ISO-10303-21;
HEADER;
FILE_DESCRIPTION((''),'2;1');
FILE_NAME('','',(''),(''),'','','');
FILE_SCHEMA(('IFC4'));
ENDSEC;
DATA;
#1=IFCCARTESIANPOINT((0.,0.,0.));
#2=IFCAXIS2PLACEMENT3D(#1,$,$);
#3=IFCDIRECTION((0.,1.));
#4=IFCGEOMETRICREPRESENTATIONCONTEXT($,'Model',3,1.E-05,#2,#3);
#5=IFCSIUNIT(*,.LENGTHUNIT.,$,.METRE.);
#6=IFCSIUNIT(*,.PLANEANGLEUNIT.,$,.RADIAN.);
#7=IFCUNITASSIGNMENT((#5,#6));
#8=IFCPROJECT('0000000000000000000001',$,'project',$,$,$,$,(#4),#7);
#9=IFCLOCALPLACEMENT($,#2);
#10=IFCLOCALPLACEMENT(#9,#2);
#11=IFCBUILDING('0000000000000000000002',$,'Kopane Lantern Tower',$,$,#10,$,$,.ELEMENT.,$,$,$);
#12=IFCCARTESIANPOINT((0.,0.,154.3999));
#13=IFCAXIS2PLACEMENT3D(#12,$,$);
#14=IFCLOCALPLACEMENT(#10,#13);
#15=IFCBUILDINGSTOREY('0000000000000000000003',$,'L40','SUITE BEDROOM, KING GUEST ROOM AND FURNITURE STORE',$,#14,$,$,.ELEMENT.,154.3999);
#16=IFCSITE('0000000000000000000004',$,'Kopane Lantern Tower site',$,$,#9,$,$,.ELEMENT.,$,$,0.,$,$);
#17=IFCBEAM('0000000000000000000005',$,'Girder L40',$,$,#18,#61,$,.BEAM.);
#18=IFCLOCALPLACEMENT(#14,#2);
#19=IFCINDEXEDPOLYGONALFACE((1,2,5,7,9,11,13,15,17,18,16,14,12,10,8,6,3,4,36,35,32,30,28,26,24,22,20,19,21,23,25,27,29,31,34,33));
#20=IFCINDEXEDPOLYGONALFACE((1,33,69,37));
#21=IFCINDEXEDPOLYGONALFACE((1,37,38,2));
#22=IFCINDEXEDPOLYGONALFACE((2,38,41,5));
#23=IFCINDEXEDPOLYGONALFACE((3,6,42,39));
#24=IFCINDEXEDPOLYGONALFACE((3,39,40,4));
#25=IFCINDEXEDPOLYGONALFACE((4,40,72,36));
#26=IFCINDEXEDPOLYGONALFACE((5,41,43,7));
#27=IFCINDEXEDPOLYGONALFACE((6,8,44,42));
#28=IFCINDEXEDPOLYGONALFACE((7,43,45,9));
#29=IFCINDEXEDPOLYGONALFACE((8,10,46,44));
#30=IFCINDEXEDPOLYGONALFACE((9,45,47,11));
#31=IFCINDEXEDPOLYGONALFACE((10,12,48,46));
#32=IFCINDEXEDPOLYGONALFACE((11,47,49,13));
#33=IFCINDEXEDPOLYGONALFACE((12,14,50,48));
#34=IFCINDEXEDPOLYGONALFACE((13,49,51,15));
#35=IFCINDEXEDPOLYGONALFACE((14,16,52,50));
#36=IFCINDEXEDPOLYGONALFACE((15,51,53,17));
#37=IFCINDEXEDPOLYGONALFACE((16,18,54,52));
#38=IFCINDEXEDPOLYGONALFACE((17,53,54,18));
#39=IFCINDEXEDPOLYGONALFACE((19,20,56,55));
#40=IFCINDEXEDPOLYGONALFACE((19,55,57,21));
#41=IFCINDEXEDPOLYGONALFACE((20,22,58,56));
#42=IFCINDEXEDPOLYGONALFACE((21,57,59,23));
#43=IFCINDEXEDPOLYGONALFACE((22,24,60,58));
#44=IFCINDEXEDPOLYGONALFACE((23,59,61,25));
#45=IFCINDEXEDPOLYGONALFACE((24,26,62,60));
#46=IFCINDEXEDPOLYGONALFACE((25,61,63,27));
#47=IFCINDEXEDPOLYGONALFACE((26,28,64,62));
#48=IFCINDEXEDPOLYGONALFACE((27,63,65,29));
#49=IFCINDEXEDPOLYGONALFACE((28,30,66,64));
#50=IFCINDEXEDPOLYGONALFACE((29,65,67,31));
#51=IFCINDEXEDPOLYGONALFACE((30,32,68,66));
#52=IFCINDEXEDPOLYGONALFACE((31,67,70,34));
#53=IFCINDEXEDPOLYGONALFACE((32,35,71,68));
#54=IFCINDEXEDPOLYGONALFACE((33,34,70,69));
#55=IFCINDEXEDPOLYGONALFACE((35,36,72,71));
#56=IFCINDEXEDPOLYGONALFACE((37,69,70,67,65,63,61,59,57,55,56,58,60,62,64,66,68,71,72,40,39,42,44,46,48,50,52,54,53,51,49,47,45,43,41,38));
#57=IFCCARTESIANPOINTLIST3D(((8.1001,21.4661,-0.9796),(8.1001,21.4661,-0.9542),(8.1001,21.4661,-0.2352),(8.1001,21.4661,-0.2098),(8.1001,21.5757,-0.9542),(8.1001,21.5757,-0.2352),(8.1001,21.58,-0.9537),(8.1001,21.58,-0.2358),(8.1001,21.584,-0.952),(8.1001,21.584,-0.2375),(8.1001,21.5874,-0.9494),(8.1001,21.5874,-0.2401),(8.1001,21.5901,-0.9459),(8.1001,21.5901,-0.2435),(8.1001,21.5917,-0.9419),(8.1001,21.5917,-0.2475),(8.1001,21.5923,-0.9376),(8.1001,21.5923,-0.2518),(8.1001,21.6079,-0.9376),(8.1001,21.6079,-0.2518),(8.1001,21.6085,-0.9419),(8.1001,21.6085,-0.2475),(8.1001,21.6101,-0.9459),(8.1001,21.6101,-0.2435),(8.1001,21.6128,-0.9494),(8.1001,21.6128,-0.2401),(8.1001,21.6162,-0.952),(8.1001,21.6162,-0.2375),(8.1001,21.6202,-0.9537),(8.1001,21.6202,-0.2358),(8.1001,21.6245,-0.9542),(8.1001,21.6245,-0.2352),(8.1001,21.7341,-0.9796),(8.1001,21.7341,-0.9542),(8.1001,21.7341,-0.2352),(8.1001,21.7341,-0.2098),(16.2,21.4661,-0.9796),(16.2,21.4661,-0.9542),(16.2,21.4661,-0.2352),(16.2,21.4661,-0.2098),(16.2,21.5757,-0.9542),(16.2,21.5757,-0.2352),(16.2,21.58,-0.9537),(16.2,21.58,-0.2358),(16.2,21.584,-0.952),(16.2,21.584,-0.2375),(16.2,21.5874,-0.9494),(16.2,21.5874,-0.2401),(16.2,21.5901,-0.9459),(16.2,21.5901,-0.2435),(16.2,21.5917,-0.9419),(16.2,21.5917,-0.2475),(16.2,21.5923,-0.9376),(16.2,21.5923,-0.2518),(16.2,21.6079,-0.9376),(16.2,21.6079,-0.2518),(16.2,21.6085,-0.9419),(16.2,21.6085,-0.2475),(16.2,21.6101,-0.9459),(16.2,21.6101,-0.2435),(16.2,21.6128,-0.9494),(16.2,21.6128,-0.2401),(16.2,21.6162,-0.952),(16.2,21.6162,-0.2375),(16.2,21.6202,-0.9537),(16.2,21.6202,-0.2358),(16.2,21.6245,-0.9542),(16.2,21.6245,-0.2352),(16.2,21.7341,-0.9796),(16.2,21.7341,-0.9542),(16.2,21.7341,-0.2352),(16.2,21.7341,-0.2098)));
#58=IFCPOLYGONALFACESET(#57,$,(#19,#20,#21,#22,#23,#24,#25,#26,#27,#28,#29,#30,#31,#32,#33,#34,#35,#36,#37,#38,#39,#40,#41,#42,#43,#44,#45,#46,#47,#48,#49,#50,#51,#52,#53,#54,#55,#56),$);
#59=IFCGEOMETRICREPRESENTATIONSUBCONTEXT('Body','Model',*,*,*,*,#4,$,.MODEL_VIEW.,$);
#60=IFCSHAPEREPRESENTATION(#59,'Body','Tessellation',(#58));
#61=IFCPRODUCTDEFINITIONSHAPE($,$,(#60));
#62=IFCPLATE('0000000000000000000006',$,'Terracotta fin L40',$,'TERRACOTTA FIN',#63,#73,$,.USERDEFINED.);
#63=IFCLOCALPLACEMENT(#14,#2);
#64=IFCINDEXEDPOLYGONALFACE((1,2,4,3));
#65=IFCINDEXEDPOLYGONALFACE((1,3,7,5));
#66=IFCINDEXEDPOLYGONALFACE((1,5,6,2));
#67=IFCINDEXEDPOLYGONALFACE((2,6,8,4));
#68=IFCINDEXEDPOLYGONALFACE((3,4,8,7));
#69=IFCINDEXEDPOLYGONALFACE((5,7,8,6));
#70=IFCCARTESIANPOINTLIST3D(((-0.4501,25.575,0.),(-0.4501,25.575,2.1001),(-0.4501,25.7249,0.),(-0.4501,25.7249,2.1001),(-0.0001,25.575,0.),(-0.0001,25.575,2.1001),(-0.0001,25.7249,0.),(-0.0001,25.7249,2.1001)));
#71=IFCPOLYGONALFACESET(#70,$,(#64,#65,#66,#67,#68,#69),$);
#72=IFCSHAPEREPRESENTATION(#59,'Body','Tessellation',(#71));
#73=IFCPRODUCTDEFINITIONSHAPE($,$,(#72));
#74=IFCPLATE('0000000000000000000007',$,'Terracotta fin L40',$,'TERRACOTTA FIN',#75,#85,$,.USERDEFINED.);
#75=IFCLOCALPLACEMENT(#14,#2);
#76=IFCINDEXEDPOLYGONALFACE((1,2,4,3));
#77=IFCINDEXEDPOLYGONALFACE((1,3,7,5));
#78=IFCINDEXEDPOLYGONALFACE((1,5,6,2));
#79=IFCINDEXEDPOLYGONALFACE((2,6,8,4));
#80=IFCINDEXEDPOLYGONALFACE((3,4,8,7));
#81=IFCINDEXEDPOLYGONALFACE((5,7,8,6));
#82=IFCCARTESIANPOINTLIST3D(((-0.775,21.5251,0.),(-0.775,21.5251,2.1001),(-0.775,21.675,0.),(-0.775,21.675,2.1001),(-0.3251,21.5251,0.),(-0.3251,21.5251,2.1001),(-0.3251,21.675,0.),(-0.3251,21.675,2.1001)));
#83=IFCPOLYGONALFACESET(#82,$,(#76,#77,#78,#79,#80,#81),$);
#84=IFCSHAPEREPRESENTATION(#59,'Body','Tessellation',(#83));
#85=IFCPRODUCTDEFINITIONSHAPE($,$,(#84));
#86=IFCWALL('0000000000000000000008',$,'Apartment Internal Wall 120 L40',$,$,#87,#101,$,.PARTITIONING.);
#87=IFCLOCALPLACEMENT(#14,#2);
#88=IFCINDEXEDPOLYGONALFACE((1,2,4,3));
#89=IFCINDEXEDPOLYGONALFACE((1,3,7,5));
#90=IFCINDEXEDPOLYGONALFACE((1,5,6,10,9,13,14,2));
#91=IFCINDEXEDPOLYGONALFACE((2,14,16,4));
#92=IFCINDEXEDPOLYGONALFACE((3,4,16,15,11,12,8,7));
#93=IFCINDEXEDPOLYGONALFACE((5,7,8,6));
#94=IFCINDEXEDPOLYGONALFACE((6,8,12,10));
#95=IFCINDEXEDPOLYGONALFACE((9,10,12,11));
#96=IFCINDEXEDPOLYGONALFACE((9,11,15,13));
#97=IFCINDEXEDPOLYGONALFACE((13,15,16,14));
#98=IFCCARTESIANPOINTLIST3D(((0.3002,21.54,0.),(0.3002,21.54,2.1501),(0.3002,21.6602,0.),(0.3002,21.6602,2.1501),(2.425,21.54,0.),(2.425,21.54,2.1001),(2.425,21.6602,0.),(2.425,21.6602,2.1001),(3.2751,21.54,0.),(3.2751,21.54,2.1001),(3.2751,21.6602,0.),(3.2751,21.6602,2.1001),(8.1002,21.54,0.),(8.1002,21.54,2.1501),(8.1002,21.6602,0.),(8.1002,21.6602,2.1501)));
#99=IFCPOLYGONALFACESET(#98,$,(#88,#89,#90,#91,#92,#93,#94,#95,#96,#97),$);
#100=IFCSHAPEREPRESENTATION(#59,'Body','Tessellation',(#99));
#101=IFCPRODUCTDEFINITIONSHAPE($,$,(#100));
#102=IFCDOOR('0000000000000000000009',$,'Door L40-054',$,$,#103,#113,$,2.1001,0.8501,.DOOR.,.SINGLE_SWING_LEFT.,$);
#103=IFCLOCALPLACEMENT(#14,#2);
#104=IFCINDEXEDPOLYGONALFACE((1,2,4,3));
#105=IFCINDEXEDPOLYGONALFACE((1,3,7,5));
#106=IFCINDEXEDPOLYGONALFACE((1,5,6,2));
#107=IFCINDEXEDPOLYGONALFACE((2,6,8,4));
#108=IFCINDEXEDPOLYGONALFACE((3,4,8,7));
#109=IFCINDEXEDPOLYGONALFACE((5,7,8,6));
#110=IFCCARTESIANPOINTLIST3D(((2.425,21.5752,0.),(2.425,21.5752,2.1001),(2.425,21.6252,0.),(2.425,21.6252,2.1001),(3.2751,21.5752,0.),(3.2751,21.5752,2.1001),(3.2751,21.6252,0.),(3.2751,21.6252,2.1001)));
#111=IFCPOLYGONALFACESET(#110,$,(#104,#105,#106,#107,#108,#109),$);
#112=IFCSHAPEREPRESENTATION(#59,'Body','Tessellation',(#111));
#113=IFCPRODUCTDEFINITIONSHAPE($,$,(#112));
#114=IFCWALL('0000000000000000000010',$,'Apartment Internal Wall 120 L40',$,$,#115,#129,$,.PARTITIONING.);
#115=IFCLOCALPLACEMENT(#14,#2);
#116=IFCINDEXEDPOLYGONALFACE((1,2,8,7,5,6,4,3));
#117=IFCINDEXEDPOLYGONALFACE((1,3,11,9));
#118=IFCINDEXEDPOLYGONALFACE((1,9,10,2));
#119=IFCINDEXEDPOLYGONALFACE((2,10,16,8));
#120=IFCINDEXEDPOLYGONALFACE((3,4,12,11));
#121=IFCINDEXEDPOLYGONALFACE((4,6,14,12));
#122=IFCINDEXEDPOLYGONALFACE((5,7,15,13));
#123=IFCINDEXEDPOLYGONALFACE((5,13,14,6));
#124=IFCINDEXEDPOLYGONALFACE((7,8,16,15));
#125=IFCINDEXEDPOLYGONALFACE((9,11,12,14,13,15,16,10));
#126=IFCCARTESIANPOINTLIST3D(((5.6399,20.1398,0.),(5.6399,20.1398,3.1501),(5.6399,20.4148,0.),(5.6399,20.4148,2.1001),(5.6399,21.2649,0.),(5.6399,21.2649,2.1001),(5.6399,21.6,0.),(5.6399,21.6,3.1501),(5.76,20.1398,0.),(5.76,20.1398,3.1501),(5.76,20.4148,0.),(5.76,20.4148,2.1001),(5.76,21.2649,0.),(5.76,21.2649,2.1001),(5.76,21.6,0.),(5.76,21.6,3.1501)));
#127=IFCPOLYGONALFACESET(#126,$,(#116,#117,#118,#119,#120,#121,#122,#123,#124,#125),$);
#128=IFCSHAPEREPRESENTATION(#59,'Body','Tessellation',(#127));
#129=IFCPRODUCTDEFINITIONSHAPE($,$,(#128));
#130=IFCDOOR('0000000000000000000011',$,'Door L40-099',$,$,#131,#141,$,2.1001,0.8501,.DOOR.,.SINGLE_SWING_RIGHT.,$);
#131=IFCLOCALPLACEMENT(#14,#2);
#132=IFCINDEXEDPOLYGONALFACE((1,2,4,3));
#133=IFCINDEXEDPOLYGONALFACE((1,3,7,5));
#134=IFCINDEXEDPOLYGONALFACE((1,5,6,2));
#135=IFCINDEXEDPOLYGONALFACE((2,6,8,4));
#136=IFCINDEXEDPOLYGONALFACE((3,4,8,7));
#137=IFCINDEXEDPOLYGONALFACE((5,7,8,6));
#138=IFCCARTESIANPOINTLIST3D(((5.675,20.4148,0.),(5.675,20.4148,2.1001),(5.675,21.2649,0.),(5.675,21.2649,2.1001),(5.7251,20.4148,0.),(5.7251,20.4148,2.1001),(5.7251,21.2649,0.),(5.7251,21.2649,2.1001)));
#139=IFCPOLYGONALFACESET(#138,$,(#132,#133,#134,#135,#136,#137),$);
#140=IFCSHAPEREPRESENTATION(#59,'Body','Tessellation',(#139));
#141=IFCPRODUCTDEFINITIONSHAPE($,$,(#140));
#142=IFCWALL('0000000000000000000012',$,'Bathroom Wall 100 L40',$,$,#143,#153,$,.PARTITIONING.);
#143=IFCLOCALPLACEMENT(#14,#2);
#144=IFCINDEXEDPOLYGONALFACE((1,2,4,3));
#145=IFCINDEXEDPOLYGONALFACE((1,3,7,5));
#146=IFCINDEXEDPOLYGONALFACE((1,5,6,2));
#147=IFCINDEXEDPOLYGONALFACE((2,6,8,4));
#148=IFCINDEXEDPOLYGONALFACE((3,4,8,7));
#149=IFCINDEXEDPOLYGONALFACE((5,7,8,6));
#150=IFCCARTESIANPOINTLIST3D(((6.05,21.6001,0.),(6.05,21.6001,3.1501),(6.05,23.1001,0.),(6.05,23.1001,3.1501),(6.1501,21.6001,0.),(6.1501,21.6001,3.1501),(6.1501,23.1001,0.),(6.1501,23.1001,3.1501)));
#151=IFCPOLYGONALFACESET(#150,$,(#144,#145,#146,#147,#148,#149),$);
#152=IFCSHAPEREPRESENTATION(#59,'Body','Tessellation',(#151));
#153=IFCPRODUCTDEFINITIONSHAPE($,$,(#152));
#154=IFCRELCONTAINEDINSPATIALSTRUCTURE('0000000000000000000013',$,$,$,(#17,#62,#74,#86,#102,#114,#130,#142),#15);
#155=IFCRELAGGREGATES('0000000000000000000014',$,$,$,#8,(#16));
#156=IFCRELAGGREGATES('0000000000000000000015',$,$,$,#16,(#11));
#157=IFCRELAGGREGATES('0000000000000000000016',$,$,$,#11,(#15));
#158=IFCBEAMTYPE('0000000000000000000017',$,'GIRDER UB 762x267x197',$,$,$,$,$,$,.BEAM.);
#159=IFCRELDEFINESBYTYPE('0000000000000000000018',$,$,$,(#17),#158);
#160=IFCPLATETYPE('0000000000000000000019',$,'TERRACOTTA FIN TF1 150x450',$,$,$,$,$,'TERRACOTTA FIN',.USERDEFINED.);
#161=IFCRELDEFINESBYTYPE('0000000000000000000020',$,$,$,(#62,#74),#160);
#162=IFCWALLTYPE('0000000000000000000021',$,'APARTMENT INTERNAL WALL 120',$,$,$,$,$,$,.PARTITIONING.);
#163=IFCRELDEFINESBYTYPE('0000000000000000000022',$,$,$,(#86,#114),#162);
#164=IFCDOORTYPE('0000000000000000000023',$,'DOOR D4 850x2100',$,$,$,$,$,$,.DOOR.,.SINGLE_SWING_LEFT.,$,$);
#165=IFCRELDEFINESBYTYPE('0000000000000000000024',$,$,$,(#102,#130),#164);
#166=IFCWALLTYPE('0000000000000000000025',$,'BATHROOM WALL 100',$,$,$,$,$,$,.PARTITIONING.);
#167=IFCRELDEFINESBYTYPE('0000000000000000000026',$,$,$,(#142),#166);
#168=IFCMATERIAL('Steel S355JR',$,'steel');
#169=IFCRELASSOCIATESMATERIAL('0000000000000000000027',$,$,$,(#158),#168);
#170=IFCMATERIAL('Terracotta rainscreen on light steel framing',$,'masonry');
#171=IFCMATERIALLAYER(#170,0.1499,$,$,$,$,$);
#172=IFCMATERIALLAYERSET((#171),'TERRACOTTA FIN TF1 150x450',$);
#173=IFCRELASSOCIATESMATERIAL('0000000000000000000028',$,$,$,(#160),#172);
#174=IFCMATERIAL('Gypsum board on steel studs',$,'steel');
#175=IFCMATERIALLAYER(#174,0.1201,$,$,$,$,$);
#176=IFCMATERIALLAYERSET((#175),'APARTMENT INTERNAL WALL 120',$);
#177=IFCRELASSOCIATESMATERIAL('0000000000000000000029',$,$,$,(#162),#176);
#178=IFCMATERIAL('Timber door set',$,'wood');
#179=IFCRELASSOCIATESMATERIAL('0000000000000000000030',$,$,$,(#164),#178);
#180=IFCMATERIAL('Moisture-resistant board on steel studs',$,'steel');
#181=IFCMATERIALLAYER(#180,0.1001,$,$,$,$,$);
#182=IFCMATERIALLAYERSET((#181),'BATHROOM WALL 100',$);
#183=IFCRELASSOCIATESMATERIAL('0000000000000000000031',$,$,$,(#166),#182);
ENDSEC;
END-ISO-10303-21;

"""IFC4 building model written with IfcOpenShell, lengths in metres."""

from ifc_helpers import new_model, si_unit, direction, frame, frame_2d, origin, origin_2d, place, context, subcontext, project, spatial, rectangle, i_section, extrude, material, layer, layer_set, material_profile, profile_set, type_object, element, fill, save


model = new_model("IFC4")

# Units and contexts
model_context = context("Model", 3, precision=1e-05, world=origin(), true_north=direction((0.0, 1.0)))
body_context = subcontext(model_context, "Body", "Model", "MODEL_VIEW")
ifc_project = project(units=[si_unit("LENGTHUNIT", "METRE"), si_unit("PLANEANGLEUNIT", "RADIAN")], contexts=[model_context])

# Site, building, storey
site_placement = place(None, origin())
site = spatial("IfcSite", under=ifc_project, at=site_placement, Name="Kopane Lantern Tower site", CompositionType="ELEMENT", RefElevation=0.0)
building_placement = place(site_placement, origin())
building = spatial("IfcBuilding", under=site, at=building_placement, Name="Kopane Lantern Tower", CompositionType="ELEMENT")
storey_placement = place(building_placement, frame((0.0, 0.0, 154.3999)))
storey = spatial("IfcBuildingStorey", under=building, at=storey_placement, Name="L40", Description="SUITE BEDROOM, KING GUEST ROOM AND FURNITURE STORE", CompositionType="ELEMENT", Elevation=154.3999)

# Beam
ifc_material_1 = material(Name="Steel S355JR", Category="steel")
ifc_material_profile_1 = material_profile(ifc_material_1, i_section(OverallWidth=0.2681, OverallDepth=0.7698, WebThickness=0.0156, FlangeThickness=0.0254, FilletRadius=0.0166, at=origin_2d()), Name="UB 762x267x197")
ifc_profile_set_1 = profile_set([ifc_material_profile_1], Name="Steel S355JR")
beam_type = type_object("IfcBeamType", Name="GIRDER UB 762x267x197", PredefinedType="BEAM", material=ifc_profile_set_1)
for number, where, z_axis, x_axis, name in (
    (1, (8.1001, 21.6001, -0.5947), (1.0, 0.0, 0.0), (0.0, 1.0, 0.0), "Girder L40"),
):
    element("IfcBeam", number, at=place(storey_placement, frame(where, z_axis=z_axis, x_axis=x_axis)), inside=storey, type_object=beam_type, Name=name, PredefinedType="BEAM", context=body_context, shape_type="SweptSolid", body=[
        extrude(i_section(OverallWidth=0.2681, OverallDepth=0.7698, WebThickness=0.0156, FlangeThickness=0.0254, FilletRadius=0.0166, at=origin_2d()), origin(), (0.0, 0.0, 1.0), 8.0999),
    ])

# Plates
ifc_material_2 = material(Name="Terracotta rainscreen on light steel framing", Category="masonry")
ifc_layer_1 = layer(ifc_material_2, 0.1499)
ifc_layer_set_1 = layer_set([ifc_layer_1], Name="TERRACOTTA FIN TF1 150x450")
plate_type = type_object("IfcPlateType", Name="TERRACOTTA FIN TF1 150x450", ElementType="TERRACOTTA FIN", PredefinedType="USERDEFINED", material=ifc_layer_set_1)
for number, where, z_axis, x_axis, name in (
    (2, (-0.2251, 25.6499, 0.0), (0.0, 0.0, 1.0), (0.0, -1.0, 0.0), "Terracotta fin L40"),
    (3, (-0.55, 21.6001, 0.0), (0.0, 0.0, 1.0), (0.0, -1.0, 0.0), "Terracotta fin L40"),
):
    element("IfcPlate", number, at=place(storey_placement, frame(where, z_axis=z_axis, x_axis=x_axis)), inside=storey, type_object=plate_type, Name=name, ObjectType="TERRACOTTA FIN", PredefinedType="USERDEFINED", context=body_context, shape_type="SweptSolid", body=[
        extrude(rectangle(XDim=0.1499, YDim=0.45, at=origin_2d()), origin(), (0.0, 0.0, 1.0), 2.1001),
    ])

# Walls, openings, doors
ifc_material_3 = material(Name="Gypsum board on steel studs", Category="steel")
ifc_layer_2 = layer(ifc_material_3, 0.1201)
ifc_layer_set_2 = layer_set([ifc_layer_2], Name="APARTMENT INTERNAL WALL 120")
wall_type_1 = type_object("IfcWallType", Name="APARTMENT INTERNAL WALL 120", PredefinedType="PARTITIONING", material=ifc_layer_set_2)
wall_1_placement = place(storey_placement, frame((8.1001, 21.6001, 0.0), z_axis=(0.0, 0.0, 1.0), x_axis=(-1.0, 0.0, 0.0)))
wall_1 = element("IfcWall", 4, at=wall_1_placement, inside=storey, type_object=wall_type_1, Name="Apartment Internal Wall 120 L40", PredefinedType="PARTITIONING", context=body_context, shape_type="SweptSolid", body=[
    extrude(rectangle(XDim=7.8, YDim=0.1201, at=frame_2d((3.8999, 0.0))), origin(), (0.0, 0.0, 1.0), 2.1501),
])
opening_1_placement = place(wall_1_placement, frame((4.825, 0.0, 0.0)))
opening_1 = element("IfcOpeningElement", 5, at=opening_1_placement, cuts=wall_1, PredefinedType="OPENING", context=body_context, shape_type="SweptSolid", body=[
    extrude(rectangle(XDim=0.8501, YDim=2.1001, at=frame_2d((0.425, 1.05))), frame((0.0, 0.0701, 0.0), z_axis=(0.0, -1.0, 0.0), x_axis=(1.0, 0.0, 0.0)), (0.0, 0.0, 1.0), 0.1401),
])
ifc_material_4 = material(Name="Timber door set", Category="wood")
door_type_1 = type_object("IfcDoorType", Name="DOOR D4 850x2100", OperationType="SINGLE_SWING_LEFT", PredefinedType="DOOR", material=ifc_material_4)
door_1_placement = place(opening_1_placement, origin())
door_1 = element("IfcDoor", 6, at=door_1_placement, inside=storey, type_object=door_type_1, Name="Door L40-054", OperationType="SINGLE_SWING_LEFT", OverallHeight=2.1001, OverallWidth=0.8501, PredefinedType="DOOR", context=body_context, shape_type="SweptSolid", body=[
    extrude(rectangle(XDim=0.8501, YDim=2.1001, at=frame_2d((0.425, 1.05))), frame((0.0, 0.0249, 0.0), z_axis=(0.0, -1.0, 0.0), x_axis=(1.0, 0.0, 0.0)), (0.0, 0.0, 1.0), 0.05),
])
fill(opening_1, door_1)
wall_2_placement = place(storey_placement, frame((5.7, 20.1399, 0.0), z_axis=(0.0, 0.0, 1.0), x_axis=(0.0, 1.0, 0.0)))
wall_2 = element("IfcWall", 7, at=wall_2_placement, inside=storey, type_object=wall_type_1, Name="Apartment Internal Wall 120 L40", PredefinedType="PARTITIONING", context=body_context, shape_type="SweptSolid", body=[
    extrude(rectangle(XDim=1.4602, YDim=0.1201, at=frame_2d((0.73, 0.0))), origin(), (0.0, 0.0, 1.0), 3.1501),
])
opening_2_placement = place(wall_2_placement, frame((0.2749, 0.0, 0.0)))
opening_2 = element("IfcOpeningElement", 8, at=opening_2_placement, cuts=wall_2, PredefinedType="OPENING", context=body_context, shape_type="SweptSolid", body=[
    extrude(rectangle(XDim=0.8501, YDim=2.1001, at=frame_2d((0.425, 1.05))), frame((0.0, 0.0701, 0.0), z_axis=(0.0, -1.0, 0.0), x_axis=(1.0, 0.0, 0.0)), (0.0, 0.0, 1.0), 0.1401),
])
door_2_placement = place(opening_2_placement, origin())
door_2 = element("IfcDoor", 9, at=door_2_placement, inside=storey, type_object=door_type_1, Name="Door L40-099", OperationType="SINGLE_SWING_RIGHT", OverallHeight=2.1001, OverallWidth=0.8501, PredefinedType="DOOR", context=body_context, shape_type="SweptSolid", body=[
    extrude(rectangle(XDim=0.8501, YDim=2.1001, at=frame_2d((0.425, 1.05))), frame((0.0, 0.0249, 0.0), z_axis=(0.0, -1.0, 0.0), x_axis=(1.0, 0.0, 0.0)), (0.0, 0.0, 1.0), 0.05),
])
fill(opening_2, door_2)

# Wall
ifc_material_5 = material(Name="Moisture-resistant board on steel studs", Category="steel")
ifc_layer_3 = layer(ifc_material_5, 0.1001)
ifc_layer_set_3 = layer_set([ifc_layer_3], Name="BATHROOM WALL 100")
wall_type_2 = type_object("IfcWallType", Name="BATHROOM WALL 100", PredefinedType="PARTITIONING", material=ifc_layer_set_3)
wall_3_placement = place(storey_placement, frame((6.1001, 21.6001, 0.0), z_axis=(0.0, 0.0, 1.0), x_axis=(0.0, 1.0, 0.0)))
element("IfcWall", 10, at=wall_3_placement, inside=storey, type_object=wall_type_2, Name="Bathroom Wall 100 L40", PredefinedType="PARTITIONING", context=body_context, shape_type="SweptSolid", body=[
    extrude(rectangle(XDim=1.5, YDim=0.1001, at=frame_2d((0.75, 0.0))), origin(), (0.0, 0.0, 1.0), 3.1501),
])

save(model, "model.ifc")
